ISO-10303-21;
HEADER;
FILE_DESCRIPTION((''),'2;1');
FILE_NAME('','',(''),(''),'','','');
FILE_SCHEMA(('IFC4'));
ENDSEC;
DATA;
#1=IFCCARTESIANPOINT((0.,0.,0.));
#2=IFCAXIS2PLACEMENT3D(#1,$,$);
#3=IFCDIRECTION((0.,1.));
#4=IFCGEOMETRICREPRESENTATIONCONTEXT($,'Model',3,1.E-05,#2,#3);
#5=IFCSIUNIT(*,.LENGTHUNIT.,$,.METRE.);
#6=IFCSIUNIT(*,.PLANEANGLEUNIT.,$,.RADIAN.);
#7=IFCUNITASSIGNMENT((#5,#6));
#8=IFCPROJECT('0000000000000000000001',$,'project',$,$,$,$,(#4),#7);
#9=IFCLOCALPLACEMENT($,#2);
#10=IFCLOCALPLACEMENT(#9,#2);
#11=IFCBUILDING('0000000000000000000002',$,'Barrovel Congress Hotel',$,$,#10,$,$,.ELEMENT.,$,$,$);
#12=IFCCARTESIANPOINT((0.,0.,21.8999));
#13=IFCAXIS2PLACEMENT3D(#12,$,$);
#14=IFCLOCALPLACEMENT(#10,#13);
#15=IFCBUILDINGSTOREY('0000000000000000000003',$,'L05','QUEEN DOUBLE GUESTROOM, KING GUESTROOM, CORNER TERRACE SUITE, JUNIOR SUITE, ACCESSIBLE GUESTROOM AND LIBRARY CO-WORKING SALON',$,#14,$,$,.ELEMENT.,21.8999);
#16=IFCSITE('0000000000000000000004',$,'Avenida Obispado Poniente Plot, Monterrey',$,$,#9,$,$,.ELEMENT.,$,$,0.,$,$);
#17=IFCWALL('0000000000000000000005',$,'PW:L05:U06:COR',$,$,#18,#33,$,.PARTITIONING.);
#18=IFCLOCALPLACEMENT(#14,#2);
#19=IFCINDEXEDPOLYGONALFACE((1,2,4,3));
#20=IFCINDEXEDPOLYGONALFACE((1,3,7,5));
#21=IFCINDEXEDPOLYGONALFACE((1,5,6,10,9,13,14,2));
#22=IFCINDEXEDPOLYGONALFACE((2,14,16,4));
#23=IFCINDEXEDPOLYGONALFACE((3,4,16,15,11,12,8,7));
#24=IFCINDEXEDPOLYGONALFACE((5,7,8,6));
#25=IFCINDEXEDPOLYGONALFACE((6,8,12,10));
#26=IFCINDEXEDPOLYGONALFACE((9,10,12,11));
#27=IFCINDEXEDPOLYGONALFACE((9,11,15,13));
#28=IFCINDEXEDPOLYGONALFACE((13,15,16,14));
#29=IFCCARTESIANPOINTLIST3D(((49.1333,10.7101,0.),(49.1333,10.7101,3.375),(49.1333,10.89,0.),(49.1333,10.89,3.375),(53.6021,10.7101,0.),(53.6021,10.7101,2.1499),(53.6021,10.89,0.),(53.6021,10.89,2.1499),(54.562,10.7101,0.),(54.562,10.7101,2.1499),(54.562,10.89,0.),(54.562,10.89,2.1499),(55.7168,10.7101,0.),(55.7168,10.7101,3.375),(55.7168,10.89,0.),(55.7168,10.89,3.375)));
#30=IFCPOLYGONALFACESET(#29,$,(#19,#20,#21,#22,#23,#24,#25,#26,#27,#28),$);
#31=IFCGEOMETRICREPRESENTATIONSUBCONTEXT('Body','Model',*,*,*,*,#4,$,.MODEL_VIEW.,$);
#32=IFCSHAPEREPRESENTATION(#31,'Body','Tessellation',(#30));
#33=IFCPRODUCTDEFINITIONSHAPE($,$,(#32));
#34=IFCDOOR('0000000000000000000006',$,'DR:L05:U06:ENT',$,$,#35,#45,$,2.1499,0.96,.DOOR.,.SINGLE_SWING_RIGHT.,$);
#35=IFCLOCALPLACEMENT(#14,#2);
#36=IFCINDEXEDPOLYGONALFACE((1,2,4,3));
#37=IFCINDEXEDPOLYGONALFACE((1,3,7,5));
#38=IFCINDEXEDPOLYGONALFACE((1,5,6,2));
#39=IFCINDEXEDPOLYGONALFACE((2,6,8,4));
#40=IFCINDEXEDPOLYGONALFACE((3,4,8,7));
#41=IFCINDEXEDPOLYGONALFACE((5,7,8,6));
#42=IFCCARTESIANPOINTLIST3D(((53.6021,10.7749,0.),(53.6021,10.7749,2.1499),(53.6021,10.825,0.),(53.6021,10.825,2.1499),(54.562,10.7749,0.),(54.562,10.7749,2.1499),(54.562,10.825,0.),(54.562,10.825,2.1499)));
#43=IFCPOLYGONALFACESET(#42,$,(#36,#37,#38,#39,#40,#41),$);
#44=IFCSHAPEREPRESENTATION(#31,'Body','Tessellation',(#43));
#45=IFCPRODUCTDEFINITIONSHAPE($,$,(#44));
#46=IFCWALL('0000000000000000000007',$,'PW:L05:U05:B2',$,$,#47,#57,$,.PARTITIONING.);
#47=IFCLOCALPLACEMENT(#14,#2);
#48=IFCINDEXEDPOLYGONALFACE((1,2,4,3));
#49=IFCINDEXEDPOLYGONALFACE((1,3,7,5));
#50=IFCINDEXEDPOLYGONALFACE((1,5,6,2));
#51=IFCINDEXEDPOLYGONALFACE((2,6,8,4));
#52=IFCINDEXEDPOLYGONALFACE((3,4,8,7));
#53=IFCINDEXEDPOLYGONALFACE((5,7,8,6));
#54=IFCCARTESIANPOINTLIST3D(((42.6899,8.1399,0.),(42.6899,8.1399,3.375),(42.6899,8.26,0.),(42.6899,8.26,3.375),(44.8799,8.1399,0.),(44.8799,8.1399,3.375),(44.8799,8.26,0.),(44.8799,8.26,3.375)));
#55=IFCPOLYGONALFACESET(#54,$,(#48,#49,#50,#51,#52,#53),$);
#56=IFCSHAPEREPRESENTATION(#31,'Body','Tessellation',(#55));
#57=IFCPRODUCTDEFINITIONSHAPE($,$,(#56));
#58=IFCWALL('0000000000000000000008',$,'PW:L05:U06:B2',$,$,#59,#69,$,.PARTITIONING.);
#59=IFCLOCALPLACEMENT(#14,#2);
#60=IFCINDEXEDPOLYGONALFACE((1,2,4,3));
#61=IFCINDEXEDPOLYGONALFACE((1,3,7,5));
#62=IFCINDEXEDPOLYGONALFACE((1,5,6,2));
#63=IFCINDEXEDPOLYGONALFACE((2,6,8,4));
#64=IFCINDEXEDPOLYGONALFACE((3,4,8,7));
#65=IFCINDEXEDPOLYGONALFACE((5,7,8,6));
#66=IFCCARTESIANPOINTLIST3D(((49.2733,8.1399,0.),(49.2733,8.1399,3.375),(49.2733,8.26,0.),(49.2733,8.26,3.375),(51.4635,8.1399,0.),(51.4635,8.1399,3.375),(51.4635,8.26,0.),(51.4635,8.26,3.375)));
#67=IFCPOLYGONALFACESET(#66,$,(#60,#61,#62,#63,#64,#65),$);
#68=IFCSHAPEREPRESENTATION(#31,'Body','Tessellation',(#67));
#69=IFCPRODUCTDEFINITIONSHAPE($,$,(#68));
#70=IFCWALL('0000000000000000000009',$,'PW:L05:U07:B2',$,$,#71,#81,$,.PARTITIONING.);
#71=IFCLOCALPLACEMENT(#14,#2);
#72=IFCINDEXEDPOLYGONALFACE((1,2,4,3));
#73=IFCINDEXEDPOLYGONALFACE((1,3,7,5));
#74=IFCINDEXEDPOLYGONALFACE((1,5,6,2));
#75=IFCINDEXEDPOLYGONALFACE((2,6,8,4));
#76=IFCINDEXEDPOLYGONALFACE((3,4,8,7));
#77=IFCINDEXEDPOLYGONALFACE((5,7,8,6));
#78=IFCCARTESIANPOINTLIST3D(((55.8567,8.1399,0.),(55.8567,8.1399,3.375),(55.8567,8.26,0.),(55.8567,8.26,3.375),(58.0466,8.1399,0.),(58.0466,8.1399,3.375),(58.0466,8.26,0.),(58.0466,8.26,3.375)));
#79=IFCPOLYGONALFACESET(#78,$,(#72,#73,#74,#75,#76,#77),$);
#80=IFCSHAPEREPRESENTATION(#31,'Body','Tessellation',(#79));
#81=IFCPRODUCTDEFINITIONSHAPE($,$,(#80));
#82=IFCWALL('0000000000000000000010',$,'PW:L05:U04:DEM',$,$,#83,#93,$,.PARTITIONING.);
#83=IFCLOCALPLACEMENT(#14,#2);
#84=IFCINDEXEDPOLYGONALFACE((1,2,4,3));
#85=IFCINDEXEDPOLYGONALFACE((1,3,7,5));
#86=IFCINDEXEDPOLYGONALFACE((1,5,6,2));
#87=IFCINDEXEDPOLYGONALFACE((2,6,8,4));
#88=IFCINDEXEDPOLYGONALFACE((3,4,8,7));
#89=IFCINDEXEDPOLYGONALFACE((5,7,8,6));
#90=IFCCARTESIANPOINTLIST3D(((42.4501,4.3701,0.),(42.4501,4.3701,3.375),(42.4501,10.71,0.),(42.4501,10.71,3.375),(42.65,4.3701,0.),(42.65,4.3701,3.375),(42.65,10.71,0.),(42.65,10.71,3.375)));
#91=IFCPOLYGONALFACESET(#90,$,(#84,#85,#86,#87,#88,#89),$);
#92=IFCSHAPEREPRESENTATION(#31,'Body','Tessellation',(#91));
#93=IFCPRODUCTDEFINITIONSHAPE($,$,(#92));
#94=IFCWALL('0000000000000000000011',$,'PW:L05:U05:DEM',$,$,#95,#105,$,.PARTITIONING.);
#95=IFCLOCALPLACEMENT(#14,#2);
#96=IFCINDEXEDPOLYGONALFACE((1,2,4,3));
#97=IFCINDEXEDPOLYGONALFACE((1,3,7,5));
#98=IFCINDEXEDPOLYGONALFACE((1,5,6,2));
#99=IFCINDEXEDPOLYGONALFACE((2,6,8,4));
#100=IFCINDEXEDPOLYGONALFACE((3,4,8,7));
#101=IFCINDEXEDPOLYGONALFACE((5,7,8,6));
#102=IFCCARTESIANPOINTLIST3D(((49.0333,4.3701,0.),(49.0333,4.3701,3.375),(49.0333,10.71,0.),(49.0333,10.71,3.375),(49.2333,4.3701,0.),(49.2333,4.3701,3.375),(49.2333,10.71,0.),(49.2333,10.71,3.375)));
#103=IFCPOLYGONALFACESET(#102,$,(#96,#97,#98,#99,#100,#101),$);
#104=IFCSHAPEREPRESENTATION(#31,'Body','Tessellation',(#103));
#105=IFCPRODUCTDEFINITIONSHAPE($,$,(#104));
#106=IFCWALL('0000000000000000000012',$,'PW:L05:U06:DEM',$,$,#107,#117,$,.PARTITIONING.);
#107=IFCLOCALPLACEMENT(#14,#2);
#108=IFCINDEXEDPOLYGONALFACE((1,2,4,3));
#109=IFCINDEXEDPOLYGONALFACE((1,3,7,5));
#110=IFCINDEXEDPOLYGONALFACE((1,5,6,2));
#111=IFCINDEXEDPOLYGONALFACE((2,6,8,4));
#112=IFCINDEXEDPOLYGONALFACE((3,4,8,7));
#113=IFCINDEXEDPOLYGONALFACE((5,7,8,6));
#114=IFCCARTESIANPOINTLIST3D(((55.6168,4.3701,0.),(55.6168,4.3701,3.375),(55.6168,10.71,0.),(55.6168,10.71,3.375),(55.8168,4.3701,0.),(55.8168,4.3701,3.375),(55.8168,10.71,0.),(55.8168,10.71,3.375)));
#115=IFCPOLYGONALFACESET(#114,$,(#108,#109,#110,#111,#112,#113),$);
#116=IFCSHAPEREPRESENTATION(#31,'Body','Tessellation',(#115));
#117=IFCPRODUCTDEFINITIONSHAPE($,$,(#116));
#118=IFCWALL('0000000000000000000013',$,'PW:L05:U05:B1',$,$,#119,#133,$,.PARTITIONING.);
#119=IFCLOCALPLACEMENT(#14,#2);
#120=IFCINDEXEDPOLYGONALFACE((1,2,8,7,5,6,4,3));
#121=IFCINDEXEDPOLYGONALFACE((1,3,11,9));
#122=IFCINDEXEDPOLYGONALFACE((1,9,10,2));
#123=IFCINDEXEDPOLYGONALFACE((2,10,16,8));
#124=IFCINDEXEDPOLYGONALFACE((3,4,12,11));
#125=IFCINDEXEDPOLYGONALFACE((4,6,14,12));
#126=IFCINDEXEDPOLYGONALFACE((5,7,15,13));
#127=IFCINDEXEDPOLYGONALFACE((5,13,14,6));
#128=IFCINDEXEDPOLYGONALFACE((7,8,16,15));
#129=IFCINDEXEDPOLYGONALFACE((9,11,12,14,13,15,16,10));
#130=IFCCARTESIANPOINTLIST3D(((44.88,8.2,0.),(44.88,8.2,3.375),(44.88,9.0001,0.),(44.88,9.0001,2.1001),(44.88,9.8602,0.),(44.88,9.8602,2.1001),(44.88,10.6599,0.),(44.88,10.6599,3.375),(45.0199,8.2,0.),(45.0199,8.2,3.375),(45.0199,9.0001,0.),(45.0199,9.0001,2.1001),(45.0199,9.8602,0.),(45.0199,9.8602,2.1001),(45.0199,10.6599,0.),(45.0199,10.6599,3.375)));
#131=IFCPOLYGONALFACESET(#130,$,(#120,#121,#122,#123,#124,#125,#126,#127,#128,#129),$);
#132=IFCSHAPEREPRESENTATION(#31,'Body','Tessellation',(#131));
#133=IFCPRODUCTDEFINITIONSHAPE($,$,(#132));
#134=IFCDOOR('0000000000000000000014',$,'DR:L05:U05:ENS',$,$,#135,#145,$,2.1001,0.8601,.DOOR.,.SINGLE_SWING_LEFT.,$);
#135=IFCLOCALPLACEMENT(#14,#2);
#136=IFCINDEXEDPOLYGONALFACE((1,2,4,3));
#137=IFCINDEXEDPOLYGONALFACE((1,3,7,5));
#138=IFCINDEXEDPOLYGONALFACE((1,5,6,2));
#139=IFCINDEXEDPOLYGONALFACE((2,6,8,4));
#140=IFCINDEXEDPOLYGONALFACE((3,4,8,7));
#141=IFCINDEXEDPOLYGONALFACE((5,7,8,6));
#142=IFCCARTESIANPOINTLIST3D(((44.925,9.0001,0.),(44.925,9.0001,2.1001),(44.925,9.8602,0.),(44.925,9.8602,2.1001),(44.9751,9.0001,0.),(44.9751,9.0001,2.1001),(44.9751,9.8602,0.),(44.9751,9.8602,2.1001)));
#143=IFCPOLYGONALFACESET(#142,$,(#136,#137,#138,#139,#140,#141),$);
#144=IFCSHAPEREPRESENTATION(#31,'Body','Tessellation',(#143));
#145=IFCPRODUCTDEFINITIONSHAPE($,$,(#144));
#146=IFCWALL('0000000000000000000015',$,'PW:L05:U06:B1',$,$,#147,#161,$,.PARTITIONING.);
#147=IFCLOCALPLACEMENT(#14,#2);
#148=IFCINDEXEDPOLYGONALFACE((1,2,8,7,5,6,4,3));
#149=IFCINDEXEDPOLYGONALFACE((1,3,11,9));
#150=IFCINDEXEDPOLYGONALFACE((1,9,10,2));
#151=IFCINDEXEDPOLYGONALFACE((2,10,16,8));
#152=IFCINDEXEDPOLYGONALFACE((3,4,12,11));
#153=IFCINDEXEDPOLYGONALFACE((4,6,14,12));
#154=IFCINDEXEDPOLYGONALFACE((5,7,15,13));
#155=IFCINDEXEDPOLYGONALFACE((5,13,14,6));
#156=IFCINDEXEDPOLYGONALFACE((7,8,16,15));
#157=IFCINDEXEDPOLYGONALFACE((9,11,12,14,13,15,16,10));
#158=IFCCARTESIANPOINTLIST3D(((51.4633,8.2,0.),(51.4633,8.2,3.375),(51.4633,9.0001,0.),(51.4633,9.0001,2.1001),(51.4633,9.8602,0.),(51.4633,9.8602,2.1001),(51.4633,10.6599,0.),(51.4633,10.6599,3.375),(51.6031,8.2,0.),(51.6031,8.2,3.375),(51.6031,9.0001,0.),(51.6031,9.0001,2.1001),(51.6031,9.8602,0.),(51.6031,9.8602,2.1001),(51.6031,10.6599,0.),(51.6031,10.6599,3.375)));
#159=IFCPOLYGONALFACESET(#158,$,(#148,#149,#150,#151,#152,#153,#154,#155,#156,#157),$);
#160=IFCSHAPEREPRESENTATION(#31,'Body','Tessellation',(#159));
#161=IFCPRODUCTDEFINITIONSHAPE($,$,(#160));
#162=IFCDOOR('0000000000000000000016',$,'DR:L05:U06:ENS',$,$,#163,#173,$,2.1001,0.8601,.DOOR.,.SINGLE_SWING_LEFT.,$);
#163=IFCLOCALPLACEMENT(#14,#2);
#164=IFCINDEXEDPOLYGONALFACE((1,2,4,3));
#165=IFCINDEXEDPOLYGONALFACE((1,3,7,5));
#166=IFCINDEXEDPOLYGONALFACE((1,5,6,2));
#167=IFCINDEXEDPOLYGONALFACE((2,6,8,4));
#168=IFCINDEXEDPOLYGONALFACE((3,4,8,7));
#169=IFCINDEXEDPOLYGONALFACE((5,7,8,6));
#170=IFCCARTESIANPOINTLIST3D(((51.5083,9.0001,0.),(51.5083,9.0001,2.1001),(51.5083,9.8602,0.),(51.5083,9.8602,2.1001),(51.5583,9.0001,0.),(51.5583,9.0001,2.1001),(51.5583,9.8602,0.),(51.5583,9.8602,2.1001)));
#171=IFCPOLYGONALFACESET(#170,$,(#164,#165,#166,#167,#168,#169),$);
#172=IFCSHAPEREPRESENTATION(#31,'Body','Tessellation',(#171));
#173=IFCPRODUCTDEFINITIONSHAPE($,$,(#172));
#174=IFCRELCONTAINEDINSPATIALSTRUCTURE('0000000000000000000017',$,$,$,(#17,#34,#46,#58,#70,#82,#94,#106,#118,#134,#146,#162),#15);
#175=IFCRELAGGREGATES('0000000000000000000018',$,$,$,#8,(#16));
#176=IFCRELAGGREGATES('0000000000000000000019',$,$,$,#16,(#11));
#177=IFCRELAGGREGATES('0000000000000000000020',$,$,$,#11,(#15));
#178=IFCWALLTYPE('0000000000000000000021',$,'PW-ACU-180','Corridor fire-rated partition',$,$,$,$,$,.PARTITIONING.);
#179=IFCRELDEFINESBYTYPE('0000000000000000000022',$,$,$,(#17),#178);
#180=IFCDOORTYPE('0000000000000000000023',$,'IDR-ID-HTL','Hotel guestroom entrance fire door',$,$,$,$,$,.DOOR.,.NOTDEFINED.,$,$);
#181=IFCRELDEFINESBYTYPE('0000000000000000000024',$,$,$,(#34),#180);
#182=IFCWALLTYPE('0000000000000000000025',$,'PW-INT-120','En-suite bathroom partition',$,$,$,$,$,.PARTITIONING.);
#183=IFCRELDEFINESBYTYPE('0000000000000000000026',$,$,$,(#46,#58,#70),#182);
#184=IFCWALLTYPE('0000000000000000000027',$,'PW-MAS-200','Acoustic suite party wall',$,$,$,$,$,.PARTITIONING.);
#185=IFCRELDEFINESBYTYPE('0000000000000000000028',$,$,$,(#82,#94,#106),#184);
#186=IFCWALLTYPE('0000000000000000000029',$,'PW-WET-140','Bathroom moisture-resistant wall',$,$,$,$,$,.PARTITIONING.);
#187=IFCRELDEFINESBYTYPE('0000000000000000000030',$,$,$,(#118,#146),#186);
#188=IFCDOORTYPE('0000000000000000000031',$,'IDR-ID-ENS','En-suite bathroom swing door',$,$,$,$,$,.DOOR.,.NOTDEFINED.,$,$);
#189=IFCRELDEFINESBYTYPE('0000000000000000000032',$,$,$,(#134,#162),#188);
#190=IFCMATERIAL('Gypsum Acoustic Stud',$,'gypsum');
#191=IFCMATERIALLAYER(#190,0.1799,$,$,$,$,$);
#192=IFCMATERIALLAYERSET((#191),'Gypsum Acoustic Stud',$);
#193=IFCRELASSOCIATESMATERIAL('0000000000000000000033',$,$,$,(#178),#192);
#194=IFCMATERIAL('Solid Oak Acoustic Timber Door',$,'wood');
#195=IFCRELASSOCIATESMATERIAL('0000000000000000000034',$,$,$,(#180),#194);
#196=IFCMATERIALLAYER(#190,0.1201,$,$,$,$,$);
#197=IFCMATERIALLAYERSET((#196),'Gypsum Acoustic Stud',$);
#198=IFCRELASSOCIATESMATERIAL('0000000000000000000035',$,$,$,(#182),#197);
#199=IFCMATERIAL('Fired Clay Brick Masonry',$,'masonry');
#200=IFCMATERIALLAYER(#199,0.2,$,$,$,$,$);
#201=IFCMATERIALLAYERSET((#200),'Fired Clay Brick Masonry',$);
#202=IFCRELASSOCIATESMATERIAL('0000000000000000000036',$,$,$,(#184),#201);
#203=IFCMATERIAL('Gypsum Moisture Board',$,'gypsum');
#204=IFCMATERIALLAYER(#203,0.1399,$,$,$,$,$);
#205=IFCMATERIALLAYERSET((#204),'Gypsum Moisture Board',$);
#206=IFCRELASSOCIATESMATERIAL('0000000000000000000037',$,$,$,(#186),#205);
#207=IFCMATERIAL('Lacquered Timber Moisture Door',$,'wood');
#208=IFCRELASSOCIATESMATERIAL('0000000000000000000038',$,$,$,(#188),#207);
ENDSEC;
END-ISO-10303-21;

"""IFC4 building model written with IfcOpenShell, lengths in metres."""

from ifc_helpers import new_model, si_unit, direction, frame, frame_2d, origin, place, context, subcontext, project, spatial, rectangle, extrude, material, layer, layer_set, type_object, element, fill, save


model = new_model("IFC4")

# Units and contexts
model_context = context("Model", 3, precision=1e-05, world=origin(), true_north=direction((0.0, 1.0)))
body_context = subcontext(model_context, "Body", "Model", "MODEL_VIEW")
ifc_project = project(units=[si_unit("LENGTHUNIT", "METRE"), si_unit("PLANEANGLEUNIT", "RADIAN")], contexts=[model_context])

# Site, building, storey
site_placement = place(None, origin())
site = spatial("IfcSite", under=ifc_project, at=site_placement, Name="Avenida Obispado Poniente Plot, Monterrey", CompositionType="ELEMENT", RefElevation=0.0)
building_placement = place(site_placement, origin())
building = spatial("IfcBuilding", under=site, at=building_placement, Name="Barrovel Congress Hotel", CompositionType="ELEMENT")
storey_placement = place(building_placement, frame((0.0, 0.0, 21.8999)))
storey = spatial("IfcBuildingStorey", under=building, at=storey_placement, Name="L05", Description="QUEEN DOUBLE GUESTROOM, KING GUESTROOM, CORNER TERRACE SUITE, JUNIOR SUITE, ACCESSIBLE GUESTROOM AND LIBRARY CO-WORKING SALON", CompositionType="ELEMENT", Elevation=21.8999)

# Shared definitions
ifc_material_1 = material(Name="Fired Clay Brick Masonry", Category="masonry")

# Wall, opening, door
ifc_material_2 = material(Name="Gypsum Acoustic Stud", Category="gypsum")
ifc_layer_1 = layer(ifc_material_2, 0.1799)
ifc_layer_set_1 = layer_set([ifc_layer_1], Name="Gypsum Acoustic Stud")
wall_type_1 = type_object("IfcWallType", Name="PW-ACU-180", Description="Corridor fire-rated partition", PredefinedType="PARTITIONING", material=ifc_layer_set_1)
ifc_material_3 = material(Name="Solid Oak Acoustic Timber Door", Category="wood")
door_type_1 = type_object("IfcDoorType", Name="IDR-ID-HTL", Description="Hotel guestroom entrance fire door", OperationType="NOTDEFINED", PredefinedType="DOOR", material=ifc_material_3)
wall_1_placement = place(storey_placement, frame((49.1333, 10.8, 0.0), z_axis=(0.0, 0.0, 1.0), x_axis=(1.0, 0.0, 0.0)))
wall_1 = element("IfcWall", 1, at=wall_1_placement, inside=storey, type_object=wall_type_1, Name="PW:L05:U06:COR", PredefinedType="PARTITIONING", context=body_context, shape_type="SweptSolid", body=[
    extrude(rectangle(XDim=6.5835, YDim=0.1799, at=frame_2d((3.2917, 0.0))), origin(), (0.0, 0.0, 1.0), 3.375),
])
opening_1_placement = place(wall_1_placement, frame((4.4688, 0.0, 0.0)))
opening_1 = element("IfcOpeningElement", 2, at=opening_1_placement, cuts=wall_1, PredefinedType="OPENING", context=body_context, shape_type="SweptSolid", body=[
    extrude(rectangle(XDim=0.96, YDim=2.1499, at=frame_2d((0.48, 1.075))), frame((0.0, 0.1001, 0.0), z_axis=(0.0, -1.0, 0.0), x_axis=(1.0, 0.0, 0.0)), (0.0, 0.0, 1.0), 0.2),
])
door_1_placement = place(opening_1_placement, origin())
door_1 = element("IfcDoor", 3, at=door_1_placement, inside=storey, type_object=door_type_1, Name="DR:L05:U06:ENT", OperationType="SINGLE_SWING_RIGHT", OverallHeight=2.1499, OverallWidth=0.96, PredefinedType="DOOR", context=body_context, shape_type="SweptSolid", body=[
    extrude(rectangle(XDim=0.96, YDim=2.1499, at=frame_2d((0.48, 1.075))), frame((0.0, 0.0249, 0.0), z_axis=(0.0, -1.0, 0.0), x_axis=(1.0, 0.0, 0.0)), (0.0, 0.0, 1.0), 0.05),
])
fill(opening_1, door_1)

# Walls
ifc_layer_2 = layer(ifc_material_2, 0.1201)
ifc_layer_set_2 = layer_set([ifc_layer_2], Name="Gypsum Acoustic Stud")
wall_type_2 = type_object("IfcWallType", Name="PW-INT-120", Description="En-suite bathroom partition", PredefinedType="PARTITIONING", material=ifc_layer_set_2)
wall_2_placement = place(storey_placement, frame((42.6899, 8.2, 0.0), z_axis=(0.0, 0.0, 1.0), x_axis=(1.0, 0.0, 0.0)))
element("IfcWall", 4, at=wall_2_placement, inside=storey, type_object=wall_type_2, Name="PW:L05:U05:B2", PredefinedType="PARTITIONING", context=body_context, shape_type="SweptSolid", body=[
    extrude(rectangle(XDim=2.1899, YDim=0.1201, at=frame_2d((1.095, 0.0))), origin(), (0.0, 0.0, 1.0), 3.375),
])
wall_3_placement = place(storey_placement, frame((49.2732, 8.2, 0.0), z_axis=(0.0, 0.0, 1.0), x_axis=(1.0, 0.0, 0.0)))
element("IfcWall", 5, at=wall_3_placement, inside=storey, type_object=wall_type_2, Name="PW:L05:U06:B2", PredefinedType="PARTITIONING", context=body_context, shape_type="SweptSolid", body=[
    extrude(rectangle(XDim=2.1902, YDim=0.1201, at=frame_2d((1.0952, 0.0))), origin(), (0.0, 0.0, 1.0), 3.375),
])
wall_4_placement = place(storey_placement, frame((55.8567, 8.2, 0.0), z_axis=(0.0, 0.0, 1.0), x_axis=(1.0, 0.0, 0.0)))
element("IfcWall", 6, at=wall_4_placement, inside=storey, type_object=wall_type_2, Name="PW:L05:U07:B2", PredefinedType="PARTITIONING", context=body_context, shape_type="SweptSolid", body=[
    extrude(rectangle(XDim=2.1899, YDim=0.1201, at=frame_2d((1.095, 0.0))), origin(), (0.0, 0.0, 1.0), 3.375),
])
ifc_layer_3 = layer(ifc_material_1, 0.2)
ifc_layer_set_3 = layer_set([ifc_layer_3], Name="Fired Clay Brick Masonry")
wall_type_3 = type_object("IfcWallType", Name="PW-MAS-200", Description="Acoustic suite party wall", PredefinedType="PARTITIONING", material=ifc_layer_set_3)
for number, where, z_axis, x_axis, name in (
    (7, (42.55, 4.3701, 0.0), (0.0, 0.0, 1.0), (0.0, 1.0, 0.0), "PW:L05:U04:DEM"),
    (8, (49.1333, 4.3701, 0.0), (0.0, 0.0, 1.0), (0.0, 1.0, 0.0), "PW:L05:U05:DEM"),
    (9, (55.7168, 4.3701, 0.0), (0.0, 0.0, 1.0), (0.0, 1.0, 0.0), "PW:L05:U06:DEM"),
):
    element("IfcWall", number, at=place(storey_placement, frame(where, z_axis=z_axis, x_axis=x_axis)), inside=storey, type_object=wall_type_3, Name=name, PredefinedType="PARTITIONING", context=body_context, shape_type="SweptSolid", body=[
        extrude(rectangle(XDim=6.3398, YDim=0.2, at=frame_2d((3.1699, 0.0))), origin(), (0.0, 0.0, 1.0), 3.375),
    ])

# Walls, openings, doors
ifc_material_4 = material(Name="Gypsum Moisture Board", Category="gypsum")
ifc_layer_4 = layer(ifc_material_4, 0.1399)
ifc_layer_set_4 = layer_set([ifc_layer_4], Name="Gypsum Moisture Board")
wall_type_4 = type_object("IfcWallType", Name="PW-WET-140", Description="Bathroom moisture-resistant wall", PredefinedType="PARTITIONING", material=ifc_layer_set_4)
wall_5_placement = place(storey_placement, frame((44.95, 8.2, 0.0), z_axis=(0.0, 0.0, 1.0), x_axis=(0.0, 1.0, 0.0)))
wall_5 = element("IfcWall", 10, at=wall_5_placement, inside=storey, type_object=wall_type_4, Name="PW:L05:U05:B1", PredefinedType="PARTITIONING", context=body_context, shape_type="SweptSolid", body=[
    extrude(rectangle(XDim=2.46, YDim=0.1399, at=frame_2d((1.23, 0.0))), origin(), (0.0, 0.0, 1.0), 3.375),
])
opening_2_placement = place(wall_5_placement, frame((0.8, 0.0, 0.0)))
opening_2 = element("IfcOpeningElement", 11, at=opening_2_placement, cuts=wall_5, PredefinedType="OPENING", context=body_context, shape_type="SweptSolid", body=[
    extrude(rectangle(XDim=0.8601, YDim=2.1001, at=frame_2d((0.4302, 1.05))), frame((0.0, 0.0801, 0.0), z_axis=(0.0, -1.0, 0.0), x_axis=(1.0, 0.0, 0.0)), (0.0, 0.0, 1.0), 0.1599),
])
ifc_material_5 = material(Name="Lacquered Timber Moisture Door", Category="wood")
door_type_2 = type_object("IfcDoorType", Name="IDR-ID-ENS", Description="En-suite bathroom swing door", OperationType="NOTDEFINED", PredefinedType="DOOR", material=ifc_material_5)
door_2_placement = place(opening_2_placement, origin())
door_2 = element("IfcDoor", 12, at=door_2_placement, inside=storey, type_object=door_type_2, Name="DR:L05:U05:ENS", OperationType="SINGLE_SWING_LEFT", OverallHeight=2.1001, OverallWidth=0.8601, PredefinedType="DOOR", context=body_context, shape_type="SweptSolid", body=[
    extrude(rectangle(XDim=0.8601, YDim=2.1001, at=frame_2d((0.4302, 1.05))), frame((0.0, 0.0249, 0.0), z_axis=(0.0, -1.0, 0.0), x_axis=(1.0, 0.0, 0.0)), (0.0, 0.0, 1.0), 0.05),
])
fill(opening_2, door_2)
wall_6_placement = place(storey_placement, frame((51.5332, 8.2, 0.0), z_axis=(0.0, 0.0, 1.0), x_axis=(0.0, 1.0, 0.0)))
wall_6 = element("IfcWall", 13, at=wall_6_placement, inside=storey, type_object=wall_type_4, Name="PW:L05:U06:B1", PredefinedType="PARTITIONING", context=body_context, shape_type="SweptSolid", body=[
    extrude(rectangle(XDim=2.46, YDim=0.1399, at=frame_2d((1.23, 0.0))), origin(), (0.0, 0.0, 1.0), 3.375),
])
opening_3_placement = place(wall_6_placement, frame((0.8, 0.0, 0.0)))
opening_3 = element("IfcOpeningElement", 14, at=opening_3_placement, cuts=wall_6, PredefinedType="OPENING", context=body_context, shape_type="SweptSolid", body=[
    extrude(rectangle(XDim=0.8601, YDim=2.1001, at=frame_2d((0.4302, 1.05))), frame((0.0, 0.0801, 0.0), z_axis=(0.0, -1.0, 0.0), x_axis=(1.0, 0.0, 0.0)), (0.0, 0.0, 1.0), 0.1599),
])
door_3_placement = place(opening_3_placement, origin())
door_3 = element("IfcDoor", 15, at=door_3_placement, inside=storey, type_object=door_type_2, Name="DR:L05:U06:ENS", OperationType="SINGLE_SWING_LEFT", OverallHeight=2.1001, OverallWidth=0.8601, PredefinedType="DOOR", context=body_context, shape_type="SweptSolid", body=[
    extrude(rectangle(XDim=0.8601, YDim=2.1001, at=frame_2d((0.4302, 1.05))), frame((0.0, 0.0249, 0.0), z_axis=(0.0, -1.0, 0.0), x_axis=(1.0, 0.0, 0.0)), (0.0, 0.0, 1.0), 0.05),
])
fill(opening_3, door_3)

save(model, "model.ifc")
